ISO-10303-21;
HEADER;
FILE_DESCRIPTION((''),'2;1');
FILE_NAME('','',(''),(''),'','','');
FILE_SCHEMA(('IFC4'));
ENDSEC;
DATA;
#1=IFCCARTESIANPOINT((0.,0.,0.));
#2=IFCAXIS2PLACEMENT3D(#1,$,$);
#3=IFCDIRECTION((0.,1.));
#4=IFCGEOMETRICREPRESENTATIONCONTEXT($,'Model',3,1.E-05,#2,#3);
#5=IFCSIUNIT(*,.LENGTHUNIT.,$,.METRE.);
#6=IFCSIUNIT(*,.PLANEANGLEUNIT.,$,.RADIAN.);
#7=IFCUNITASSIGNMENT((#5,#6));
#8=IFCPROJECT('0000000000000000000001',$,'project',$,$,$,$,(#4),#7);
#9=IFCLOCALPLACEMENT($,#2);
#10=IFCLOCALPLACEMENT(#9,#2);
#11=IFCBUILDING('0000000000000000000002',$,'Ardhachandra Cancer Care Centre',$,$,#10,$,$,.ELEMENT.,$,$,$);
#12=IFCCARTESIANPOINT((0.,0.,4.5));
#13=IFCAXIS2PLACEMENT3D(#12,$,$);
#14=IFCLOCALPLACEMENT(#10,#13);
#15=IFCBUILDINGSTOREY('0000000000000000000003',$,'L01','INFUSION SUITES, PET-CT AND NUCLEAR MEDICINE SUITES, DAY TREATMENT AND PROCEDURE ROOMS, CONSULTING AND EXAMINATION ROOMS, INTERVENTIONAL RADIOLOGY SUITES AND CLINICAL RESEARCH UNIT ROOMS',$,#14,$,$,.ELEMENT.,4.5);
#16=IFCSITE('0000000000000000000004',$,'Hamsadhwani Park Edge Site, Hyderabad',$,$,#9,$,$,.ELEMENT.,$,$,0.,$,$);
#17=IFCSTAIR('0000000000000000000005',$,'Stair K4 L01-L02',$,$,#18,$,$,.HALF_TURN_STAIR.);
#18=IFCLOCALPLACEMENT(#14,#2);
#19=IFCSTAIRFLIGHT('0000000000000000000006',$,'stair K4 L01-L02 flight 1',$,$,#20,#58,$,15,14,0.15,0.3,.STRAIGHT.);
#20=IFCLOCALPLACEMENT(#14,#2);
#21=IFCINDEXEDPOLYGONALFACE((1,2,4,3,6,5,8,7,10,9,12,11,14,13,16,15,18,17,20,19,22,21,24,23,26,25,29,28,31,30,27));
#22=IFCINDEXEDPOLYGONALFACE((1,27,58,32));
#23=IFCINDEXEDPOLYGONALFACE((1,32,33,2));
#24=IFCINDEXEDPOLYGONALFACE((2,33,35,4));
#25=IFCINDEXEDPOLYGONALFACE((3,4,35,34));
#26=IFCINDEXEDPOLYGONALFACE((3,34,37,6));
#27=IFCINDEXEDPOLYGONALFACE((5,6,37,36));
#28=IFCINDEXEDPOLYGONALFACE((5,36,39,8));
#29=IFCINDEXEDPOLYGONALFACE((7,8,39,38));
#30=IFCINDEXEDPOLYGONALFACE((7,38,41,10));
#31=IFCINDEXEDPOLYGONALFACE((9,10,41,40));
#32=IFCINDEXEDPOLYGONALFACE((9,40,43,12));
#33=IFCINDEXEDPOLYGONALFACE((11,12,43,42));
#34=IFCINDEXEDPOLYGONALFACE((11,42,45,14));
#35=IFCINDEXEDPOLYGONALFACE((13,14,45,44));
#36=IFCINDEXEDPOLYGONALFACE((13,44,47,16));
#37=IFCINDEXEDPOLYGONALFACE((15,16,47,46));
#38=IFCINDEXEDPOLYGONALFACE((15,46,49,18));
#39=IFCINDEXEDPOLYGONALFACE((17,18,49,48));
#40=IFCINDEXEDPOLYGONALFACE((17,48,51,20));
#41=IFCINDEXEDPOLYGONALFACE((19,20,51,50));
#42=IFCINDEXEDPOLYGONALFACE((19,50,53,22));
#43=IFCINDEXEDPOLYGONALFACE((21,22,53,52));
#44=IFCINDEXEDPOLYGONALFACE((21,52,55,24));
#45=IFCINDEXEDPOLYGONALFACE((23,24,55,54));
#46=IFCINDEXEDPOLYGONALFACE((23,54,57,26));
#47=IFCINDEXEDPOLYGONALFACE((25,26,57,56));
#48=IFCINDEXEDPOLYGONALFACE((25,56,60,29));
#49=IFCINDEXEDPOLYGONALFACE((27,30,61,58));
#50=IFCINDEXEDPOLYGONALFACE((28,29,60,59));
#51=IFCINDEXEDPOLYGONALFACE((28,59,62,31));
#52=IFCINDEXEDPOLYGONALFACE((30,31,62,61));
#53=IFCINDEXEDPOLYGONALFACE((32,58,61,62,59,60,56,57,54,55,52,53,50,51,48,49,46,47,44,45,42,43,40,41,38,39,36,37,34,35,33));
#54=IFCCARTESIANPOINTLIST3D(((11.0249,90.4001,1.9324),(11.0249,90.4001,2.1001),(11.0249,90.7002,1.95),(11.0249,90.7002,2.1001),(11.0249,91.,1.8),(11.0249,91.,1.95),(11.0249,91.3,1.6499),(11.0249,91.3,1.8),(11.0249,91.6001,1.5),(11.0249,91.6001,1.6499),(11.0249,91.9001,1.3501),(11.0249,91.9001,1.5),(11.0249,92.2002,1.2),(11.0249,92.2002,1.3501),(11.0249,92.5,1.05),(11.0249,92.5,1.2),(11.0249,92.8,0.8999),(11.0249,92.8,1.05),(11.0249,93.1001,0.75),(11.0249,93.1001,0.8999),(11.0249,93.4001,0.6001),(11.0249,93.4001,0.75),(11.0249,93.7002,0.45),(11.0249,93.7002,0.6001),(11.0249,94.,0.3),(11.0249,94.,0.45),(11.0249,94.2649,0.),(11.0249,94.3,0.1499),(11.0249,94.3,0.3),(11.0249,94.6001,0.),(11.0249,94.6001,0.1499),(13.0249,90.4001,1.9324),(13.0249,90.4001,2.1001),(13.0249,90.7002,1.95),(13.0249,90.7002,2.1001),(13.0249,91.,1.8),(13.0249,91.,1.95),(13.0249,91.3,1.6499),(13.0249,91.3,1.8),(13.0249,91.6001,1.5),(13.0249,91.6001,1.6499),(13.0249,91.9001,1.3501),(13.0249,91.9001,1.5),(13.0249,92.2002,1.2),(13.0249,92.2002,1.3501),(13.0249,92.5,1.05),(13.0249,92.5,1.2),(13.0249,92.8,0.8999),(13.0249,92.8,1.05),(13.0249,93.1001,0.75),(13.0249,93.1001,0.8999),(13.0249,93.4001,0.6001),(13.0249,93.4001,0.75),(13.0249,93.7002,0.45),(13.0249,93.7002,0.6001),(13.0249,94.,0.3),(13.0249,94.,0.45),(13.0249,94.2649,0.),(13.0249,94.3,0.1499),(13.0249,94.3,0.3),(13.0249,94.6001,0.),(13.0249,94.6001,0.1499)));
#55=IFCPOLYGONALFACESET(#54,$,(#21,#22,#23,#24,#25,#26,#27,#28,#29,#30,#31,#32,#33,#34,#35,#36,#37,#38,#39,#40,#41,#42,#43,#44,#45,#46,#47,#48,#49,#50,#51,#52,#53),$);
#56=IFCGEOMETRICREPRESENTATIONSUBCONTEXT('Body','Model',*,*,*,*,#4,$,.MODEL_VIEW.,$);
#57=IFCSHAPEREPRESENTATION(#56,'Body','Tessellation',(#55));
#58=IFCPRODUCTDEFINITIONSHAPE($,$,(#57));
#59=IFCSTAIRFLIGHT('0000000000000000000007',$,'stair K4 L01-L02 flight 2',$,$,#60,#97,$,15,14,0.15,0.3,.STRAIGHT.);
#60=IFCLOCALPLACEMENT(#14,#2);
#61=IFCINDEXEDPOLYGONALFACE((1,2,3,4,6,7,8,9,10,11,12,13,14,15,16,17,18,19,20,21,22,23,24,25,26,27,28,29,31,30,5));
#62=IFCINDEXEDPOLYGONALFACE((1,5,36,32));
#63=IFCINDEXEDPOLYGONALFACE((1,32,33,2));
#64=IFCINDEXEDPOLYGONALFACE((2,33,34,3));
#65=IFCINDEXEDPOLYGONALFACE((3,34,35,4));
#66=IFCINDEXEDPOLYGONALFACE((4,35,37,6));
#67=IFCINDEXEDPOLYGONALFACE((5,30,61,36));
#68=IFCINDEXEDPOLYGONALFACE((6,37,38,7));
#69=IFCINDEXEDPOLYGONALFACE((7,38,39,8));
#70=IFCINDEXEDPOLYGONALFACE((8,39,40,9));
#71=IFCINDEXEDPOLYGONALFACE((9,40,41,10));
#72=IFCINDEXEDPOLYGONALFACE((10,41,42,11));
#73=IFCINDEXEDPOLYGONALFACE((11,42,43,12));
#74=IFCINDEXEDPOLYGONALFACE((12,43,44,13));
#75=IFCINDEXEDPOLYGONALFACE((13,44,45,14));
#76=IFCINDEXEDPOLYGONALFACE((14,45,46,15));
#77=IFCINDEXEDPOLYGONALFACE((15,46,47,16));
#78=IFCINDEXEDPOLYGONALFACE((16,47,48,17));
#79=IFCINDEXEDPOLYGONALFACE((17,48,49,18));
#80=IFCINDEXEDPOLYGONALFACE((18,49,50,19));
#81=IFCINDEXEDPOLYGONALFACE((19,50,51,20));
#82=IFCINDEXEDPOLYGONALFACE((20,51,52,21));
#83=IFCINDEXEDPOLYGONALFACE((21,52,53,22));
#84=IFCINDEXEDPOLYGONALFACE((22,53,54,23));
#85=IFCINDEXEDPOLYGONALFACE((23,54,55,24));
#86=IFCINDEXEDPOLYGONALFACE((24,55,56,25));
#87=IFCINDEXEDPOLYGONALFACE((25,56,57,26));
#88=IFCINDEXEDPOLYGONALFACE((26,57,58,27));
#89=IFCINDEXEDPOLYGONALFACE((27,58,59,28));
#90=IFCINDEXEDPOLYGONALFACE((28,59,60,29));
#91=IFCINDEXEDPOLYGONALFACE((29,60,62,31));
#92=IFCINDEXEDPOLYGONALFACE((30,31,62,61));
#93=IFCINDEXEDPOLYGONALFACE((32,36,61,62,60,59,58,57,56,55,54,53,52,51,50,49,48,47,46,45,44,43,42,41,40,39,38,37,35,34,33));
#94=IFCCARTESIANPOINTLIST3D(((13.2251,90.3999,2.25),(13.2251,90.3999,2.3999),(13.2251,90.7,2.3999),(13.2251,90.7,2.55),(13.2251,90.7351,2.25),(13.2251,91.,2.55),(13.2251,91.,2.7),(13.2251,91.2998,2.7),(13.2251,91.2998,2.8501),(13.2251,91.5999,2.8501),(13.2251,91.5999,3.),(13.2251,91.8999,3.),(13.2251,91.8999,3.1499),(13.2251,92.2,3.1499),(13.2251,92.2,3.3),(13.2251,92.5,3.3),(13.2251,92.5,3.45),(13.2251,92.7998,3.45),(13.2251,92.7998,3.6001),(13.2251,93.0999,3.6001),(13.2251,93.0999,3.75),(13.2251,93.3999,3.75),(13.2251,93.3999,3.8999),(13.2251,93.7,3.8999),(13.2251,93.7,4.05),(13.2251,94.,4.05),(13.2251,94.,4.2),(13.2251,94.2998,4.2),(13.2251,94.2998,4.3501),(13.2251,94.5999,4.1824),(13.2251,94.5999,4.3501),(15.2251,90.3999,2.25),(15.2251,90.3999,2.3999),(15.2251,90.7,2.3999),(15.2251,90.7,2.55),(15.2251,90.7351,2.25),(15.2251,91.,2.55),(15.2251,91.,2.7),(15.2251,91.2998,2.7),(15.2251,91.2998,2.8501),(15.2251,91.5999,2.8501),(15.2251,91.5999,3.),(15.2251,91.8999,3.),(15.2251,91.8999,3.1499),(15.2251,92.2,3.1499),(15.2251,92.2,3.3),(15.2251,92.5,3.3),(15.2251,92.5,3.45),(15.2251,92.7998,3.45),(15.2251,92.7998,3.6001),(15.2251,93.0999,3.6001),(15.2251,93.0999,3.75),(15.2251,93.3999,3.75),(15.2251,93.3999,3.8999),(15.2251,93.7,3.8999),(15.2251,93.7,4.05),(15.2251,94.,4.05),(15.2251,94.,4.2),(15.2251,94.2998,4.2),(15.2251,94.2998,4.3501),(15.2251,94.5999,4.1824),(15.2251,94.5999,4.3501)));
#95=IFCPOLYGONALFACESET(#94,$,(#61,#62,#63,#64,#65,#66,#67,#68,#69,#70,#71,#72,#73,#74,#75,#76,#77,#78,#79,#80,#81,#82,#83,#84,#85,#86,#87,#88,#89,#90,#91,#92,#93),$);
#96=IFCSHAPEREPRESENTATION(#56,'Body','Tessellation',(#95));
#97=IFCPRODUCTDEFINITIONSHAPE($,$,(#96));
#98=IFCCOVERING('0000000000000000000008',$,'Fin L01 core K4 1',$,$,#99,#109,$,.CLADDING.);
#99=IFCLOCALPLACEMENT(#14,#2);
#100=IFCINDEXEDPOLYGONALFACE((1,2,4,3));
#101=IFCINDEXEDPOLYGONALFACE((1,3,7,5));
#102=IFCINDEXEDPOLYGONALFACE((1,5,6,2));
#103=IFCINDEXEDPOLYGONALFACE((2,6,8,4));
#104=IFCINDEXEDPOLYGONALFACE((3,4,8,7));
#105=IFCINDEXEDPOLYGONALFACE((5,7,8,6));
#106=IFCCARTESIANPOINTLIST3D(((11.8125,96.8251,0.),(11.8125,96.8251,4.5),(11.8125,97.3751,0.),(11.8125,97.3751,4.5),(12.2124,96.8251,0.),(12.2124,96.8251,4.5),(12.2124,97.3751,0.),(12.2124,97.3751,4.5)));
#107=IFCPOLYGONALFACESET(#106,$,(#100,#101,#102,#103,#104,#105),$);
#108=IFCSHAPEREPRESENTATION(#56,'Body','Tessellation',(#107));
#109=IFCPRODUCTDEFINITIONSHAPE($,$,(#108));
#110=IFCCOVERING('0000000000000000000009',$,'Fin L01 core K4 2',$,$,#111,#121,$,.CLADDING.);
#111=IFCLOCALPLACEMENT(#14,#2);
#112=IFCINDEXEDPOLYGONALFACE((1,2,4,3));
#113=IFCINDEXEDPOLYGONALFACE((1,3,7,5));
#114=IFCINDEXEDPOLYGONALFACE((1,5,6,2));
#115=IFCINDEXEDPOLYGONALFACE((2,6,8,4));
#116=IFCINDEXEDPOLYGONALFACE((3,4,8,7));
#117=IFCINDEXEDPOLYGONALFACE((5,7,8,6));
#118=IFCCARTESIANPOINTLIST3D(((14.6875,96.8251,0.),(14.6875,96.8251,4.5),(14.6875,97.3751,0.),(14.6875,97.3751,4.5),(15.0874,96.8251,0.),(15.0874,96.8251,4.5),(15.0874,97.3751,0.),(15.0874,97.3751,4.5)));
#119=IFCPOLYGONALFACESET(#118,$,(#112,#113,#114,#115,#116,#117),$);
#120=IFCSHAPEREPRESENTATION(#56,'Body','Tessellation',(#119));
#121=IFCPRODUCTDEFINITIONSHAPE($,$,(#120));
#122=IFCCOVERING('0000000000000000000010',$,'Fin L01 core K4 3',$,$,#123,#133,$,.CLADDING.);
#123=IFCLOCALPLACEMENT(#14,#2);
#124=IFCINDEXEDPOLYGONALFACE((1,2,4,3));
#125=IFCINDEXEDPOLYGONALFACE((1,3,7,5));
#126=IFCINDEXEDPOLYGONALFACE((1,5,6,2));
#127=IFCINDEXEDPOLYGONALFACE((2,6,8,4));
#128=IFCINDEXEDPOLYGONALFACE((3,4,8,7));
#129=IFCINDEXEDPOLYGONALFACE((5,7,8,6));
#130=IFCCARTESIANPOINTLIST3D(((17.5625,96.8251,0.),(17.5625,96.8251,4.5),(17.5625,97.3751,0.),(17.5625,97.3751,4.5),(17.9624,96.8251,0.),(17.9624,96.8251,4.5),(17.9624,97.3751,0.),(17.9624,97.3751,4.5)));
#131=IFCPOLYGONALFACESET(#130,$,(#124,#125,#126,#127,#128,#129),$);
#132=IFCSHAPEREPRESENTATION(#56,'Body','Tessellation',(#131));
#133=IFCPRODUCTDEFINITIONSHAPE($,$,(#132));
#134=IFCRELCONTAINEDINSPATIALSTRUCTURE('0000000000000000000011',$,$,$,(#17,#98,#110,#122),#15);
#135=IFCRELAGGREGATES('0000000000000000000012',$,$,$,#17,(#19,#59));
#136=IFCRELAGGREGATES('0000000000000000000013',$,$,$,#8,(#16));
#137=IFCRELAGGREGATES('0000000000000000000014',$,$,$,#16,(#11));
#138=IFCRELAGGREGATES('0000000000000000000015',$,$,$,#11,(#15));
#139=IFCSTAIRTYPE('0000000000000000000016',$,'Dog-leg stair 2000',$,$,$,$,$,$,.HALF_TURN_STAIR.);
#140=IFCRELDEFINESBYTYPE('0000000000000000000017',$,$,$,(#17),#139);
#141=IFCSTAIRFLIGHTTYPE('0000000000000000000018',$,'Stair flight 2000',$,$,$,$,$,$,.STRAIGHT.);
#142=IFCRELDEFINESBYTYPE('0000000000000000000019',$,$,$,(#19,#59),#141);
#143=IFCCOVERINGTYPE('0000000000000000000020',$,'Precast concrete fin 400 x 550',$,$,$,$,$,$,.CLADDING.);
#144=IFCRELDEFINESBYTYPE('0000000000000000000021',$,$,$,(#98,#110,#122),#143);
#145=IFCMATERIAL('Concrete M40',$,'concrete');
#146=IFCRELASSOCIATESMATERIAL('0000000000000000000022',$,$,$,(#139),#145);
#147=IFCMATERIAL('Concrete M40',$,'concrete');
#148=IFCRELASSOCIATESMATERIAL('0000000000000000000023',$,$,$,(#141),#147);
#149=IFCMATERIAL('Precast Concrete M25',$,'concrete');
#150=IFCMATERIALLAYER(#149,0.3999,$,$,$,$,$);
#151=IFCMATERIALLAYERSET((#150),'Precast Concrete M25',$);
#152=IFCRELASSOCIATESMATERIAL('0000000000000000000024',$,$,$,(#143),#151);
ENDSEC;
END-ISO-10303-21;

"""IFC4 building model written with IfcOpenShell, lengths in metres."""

from ifc_helpers import new_model, si_unit, direction, frame, origin, origin_2d, place, context, subcontext, project, spatial, polyline, rectangle, outline, extrude, material, layer, layer_set, type_object, element, aggregate, save


model = new_model("IFC4")

# Units and contexts
model_context = context("Model", 3, precision=1e-05, world=origin(), true_north=direction((0.0, 1.0)))
body_context = subcontext(model_context, "Body", "Model", "MODEL_VIEW")
ifc_project = project(units=[si_unit("LENGTHUNIT", "METRE"), si_unit("PLANEANGLEUNIT", "RADIAN")], contexts=[model_context])

# Site, building, storey
site_placement = place(None, origin())
site = spatial("IfcSite", under=ifc_project, at=site_placement, Name="Hamsadhwani Park Edge Site, Hyderabad", CompositionType="ELEMENT", RefElevation=0.0)
building_placement = place(site_placement, origin())
building = spatial("IfcBuilding", under=site, at=building_placement, Name="Ardhachandra Cancer Care Centre", CompositionType="ELEMENT")
storey_placement = place(building_placement, frame((0.0, 0.0, 4.5)))
storey = spatial("IfcBuildingStorey", under=building, at=storey_placement, Name="L01", Description="INFUSION SUITES, PET-CT AND NUCLEAR MEDICINE SUITES, DAY TREATMENT AND PROCEDURE ROOMS, CONSULTING AND EXAMINATION ROOMS, INTERVENTIONAL RADIOLOGY SUITES AND CLINICAL RESEARCH UNIT ROOMS", CompositionType="ELEMENT", Elevation=4.5)

# Stair, stair flights
ifc_material_1 = material(Name="Concrete M40", Category="concrete")
stair_type = type_object("IfcStairType", Name="Dog-leg stair 2000", PredefinedType="HALF_TURN_STAIR", material=ifc_material_1)
stair_placement = place(storey_placement, origin())
stair = element("IfcStair", 1, at=stair_placement, inside=storey, type_object=stair_type, Name="Stair K4 L01-L02", PredefinedType="HALF_TURN_STAIR")
ifc_material_2 = material(Name="Concrete M40", Category="concrete")
stair_flight_type = type_object("IfcStairFlightType", Name="Stair flight 2000", PredefinedType="STRAIGHT", material=ifc_material_2)
stair_flight_1_placement = place(storey_placement, frame((12.0249, 94.6001, 0.0), z_axis=(0.0, 0.0, 1.0), x_axis=(0.0, -1.0, 0.0)))
stair_flight_1 = element("IfcStairFlight", 2, at=stair_flight_1_placement, type_object=stair_flight_type, Name="stair K4 L01-L02 flight 1", NumberOfRisers=15, NumberOfTreads=14, PredefinedType="STRAIGHT", RiserHeight=0.15, TreadLength=0.3, context=body_context, shape_type="SweptSolid", body=[
    extrude(outline(polyline([(0.0, 0.0), (0.0, 0.1499), (0.3, 0.1499), (0.3, 0.3), (0.6001, 0.3), (0.6001, 0.45), (0.8999, 0.45), (0.8999, 0.6001), (1.2, 0.6001), (1.2, 0.75), (1.5, 0.75), (1.5, 0.8999), (1.8, 0.8999), (1.8, 1.05), (2.1001, 1.05), (2.1001, 1.2), (2.3999, 1.2), (2.3999, 1.3501), (2.7, 1.3501), (2.7, 1.5), (3.0, 1.5), (3.0, 1.6499), (3.3, 1.6499), (3.3, 1.8), (3.6001, 1.8), (3.6001, 1.95), (3.8999, 1.95), (3.8999, 2.1001), (4.2, 2.1001), (4.2, 2.25), (4.2, 1.9324), (0.3352, 0.0), (0.0, 0.0)])), frame((0.0, 1.0, 0.0), z_axis=(0.0, -1.0, 0.0), x_axis=(1.0, 0.0, 0.0)), (0.0, 0.0, 1.0), 2.0),
])
stair_flight_2_placement = place(storey_placement, frame((14.2251, 90.3999, 2.25), z_axis=(0.0, 0.0, 1.0), x_axis=(0.0, 1.0, 0.0)))
stair_flight_2 = element("IfcStairFlight", 3, at=stair_flight_2_placement, type_object=stair_flight_type, Name="stair K4 L01-L02 flight 2", NumberOfRisers=15, NumberOfTreads=14, PredefinedType="STRAIGHT", RiserHeight=0.15, TreadLength=0.3, context=body_context, shape_type="SweptSolid", body=[
    extrude(outline(polyline([(0.0, 0.0), (0.0, 0.1499), (0.3, 0.1499), (0.3, 0.3), (0.6001, 0.3), (0.6001, 0.45), (0.8999, 0.45), (0.8999, 0.6001), (1.2, 0.6001), (1.2, 0.75), (1.5, 0.75), (1.5, 0.8999), (1.8, 0.8999), (1.8, 1.05), (2.1001, 1.05), (2.1001, 1.2), (2.3999, 1.2), (2.3999, 1.3501), (2.7, 1.3501), (2.7, 1.5), (3.0, 1.5), (3.0, 1.6499), (3.3, 1.6499), (3.3, 1.8), (3.6001, 1.8), (3.6001, 1.95), (3.8999, 1.95), (3.8999, 2.1001), (4.2, 2.1001), (4.2, 2.25), (4.2, 1.9324), (0.3352, 0.0), (0.0, 0.0)])), frame((0.0, 1.0, 0.0), z_axis=(0.0, -1.0, 0.0), x_axis=(1.0, 0.0, 0.0)), (0.0, 0.0, 1.0), 2.0),
])
aggregate(stair, [stair_flight_1, stair_flight_2])

# Coverings
ifc_material_3 = material(Name="Precast Concrete M25", Category="concrete")
ifc_layer_1 = layer(ifc_material_3, 0.3999)
ifc_layer_set_1 = layer_set([ifc_layer_1], Name="Precast Concrete M25")
covering_type = type_object("IfcCoveringType", Name="Precast concrete fin 400 x 550", PredefinedType="CLADDING", material=ifc_layer_set_1)
for number, where, z_axis, x_axis, name in (
    (4, (12.0125, 97.1001, 0.0), (0.0, 0.0, 1.0), (1.0, 0.0, 0.0), "Fin L01 core K4 1"),
    (5, (14.8875, 97.1001, 0.0), (0.0, 0.0, 1.0), (1.0, 0.0, 0.0), "Fin L01 core K4 2"),
    (6, (17.7625, 97.1001, 0.0), (0.0, 0.0, 1.0), (1.0, 0.0, 0.0), "Fin L01 core K4 3"),
):
    element("IfcCovering", number, at=place(storey_placement, frame(where, z_axis=z_axis, x_axis=x_axis)), inside=storey, type_object=covering_type, Name=name, PredefinedType="CLADDING", context=body_context, shape_type="SweptSolid", body=[
        extrude(rectangle(XDim=0.3999, YDim=0.55, at=origin_2d()), origin(), (0.0, 0.0, 1.0), 4.5),
    ])

save(model, "model.ifc")
